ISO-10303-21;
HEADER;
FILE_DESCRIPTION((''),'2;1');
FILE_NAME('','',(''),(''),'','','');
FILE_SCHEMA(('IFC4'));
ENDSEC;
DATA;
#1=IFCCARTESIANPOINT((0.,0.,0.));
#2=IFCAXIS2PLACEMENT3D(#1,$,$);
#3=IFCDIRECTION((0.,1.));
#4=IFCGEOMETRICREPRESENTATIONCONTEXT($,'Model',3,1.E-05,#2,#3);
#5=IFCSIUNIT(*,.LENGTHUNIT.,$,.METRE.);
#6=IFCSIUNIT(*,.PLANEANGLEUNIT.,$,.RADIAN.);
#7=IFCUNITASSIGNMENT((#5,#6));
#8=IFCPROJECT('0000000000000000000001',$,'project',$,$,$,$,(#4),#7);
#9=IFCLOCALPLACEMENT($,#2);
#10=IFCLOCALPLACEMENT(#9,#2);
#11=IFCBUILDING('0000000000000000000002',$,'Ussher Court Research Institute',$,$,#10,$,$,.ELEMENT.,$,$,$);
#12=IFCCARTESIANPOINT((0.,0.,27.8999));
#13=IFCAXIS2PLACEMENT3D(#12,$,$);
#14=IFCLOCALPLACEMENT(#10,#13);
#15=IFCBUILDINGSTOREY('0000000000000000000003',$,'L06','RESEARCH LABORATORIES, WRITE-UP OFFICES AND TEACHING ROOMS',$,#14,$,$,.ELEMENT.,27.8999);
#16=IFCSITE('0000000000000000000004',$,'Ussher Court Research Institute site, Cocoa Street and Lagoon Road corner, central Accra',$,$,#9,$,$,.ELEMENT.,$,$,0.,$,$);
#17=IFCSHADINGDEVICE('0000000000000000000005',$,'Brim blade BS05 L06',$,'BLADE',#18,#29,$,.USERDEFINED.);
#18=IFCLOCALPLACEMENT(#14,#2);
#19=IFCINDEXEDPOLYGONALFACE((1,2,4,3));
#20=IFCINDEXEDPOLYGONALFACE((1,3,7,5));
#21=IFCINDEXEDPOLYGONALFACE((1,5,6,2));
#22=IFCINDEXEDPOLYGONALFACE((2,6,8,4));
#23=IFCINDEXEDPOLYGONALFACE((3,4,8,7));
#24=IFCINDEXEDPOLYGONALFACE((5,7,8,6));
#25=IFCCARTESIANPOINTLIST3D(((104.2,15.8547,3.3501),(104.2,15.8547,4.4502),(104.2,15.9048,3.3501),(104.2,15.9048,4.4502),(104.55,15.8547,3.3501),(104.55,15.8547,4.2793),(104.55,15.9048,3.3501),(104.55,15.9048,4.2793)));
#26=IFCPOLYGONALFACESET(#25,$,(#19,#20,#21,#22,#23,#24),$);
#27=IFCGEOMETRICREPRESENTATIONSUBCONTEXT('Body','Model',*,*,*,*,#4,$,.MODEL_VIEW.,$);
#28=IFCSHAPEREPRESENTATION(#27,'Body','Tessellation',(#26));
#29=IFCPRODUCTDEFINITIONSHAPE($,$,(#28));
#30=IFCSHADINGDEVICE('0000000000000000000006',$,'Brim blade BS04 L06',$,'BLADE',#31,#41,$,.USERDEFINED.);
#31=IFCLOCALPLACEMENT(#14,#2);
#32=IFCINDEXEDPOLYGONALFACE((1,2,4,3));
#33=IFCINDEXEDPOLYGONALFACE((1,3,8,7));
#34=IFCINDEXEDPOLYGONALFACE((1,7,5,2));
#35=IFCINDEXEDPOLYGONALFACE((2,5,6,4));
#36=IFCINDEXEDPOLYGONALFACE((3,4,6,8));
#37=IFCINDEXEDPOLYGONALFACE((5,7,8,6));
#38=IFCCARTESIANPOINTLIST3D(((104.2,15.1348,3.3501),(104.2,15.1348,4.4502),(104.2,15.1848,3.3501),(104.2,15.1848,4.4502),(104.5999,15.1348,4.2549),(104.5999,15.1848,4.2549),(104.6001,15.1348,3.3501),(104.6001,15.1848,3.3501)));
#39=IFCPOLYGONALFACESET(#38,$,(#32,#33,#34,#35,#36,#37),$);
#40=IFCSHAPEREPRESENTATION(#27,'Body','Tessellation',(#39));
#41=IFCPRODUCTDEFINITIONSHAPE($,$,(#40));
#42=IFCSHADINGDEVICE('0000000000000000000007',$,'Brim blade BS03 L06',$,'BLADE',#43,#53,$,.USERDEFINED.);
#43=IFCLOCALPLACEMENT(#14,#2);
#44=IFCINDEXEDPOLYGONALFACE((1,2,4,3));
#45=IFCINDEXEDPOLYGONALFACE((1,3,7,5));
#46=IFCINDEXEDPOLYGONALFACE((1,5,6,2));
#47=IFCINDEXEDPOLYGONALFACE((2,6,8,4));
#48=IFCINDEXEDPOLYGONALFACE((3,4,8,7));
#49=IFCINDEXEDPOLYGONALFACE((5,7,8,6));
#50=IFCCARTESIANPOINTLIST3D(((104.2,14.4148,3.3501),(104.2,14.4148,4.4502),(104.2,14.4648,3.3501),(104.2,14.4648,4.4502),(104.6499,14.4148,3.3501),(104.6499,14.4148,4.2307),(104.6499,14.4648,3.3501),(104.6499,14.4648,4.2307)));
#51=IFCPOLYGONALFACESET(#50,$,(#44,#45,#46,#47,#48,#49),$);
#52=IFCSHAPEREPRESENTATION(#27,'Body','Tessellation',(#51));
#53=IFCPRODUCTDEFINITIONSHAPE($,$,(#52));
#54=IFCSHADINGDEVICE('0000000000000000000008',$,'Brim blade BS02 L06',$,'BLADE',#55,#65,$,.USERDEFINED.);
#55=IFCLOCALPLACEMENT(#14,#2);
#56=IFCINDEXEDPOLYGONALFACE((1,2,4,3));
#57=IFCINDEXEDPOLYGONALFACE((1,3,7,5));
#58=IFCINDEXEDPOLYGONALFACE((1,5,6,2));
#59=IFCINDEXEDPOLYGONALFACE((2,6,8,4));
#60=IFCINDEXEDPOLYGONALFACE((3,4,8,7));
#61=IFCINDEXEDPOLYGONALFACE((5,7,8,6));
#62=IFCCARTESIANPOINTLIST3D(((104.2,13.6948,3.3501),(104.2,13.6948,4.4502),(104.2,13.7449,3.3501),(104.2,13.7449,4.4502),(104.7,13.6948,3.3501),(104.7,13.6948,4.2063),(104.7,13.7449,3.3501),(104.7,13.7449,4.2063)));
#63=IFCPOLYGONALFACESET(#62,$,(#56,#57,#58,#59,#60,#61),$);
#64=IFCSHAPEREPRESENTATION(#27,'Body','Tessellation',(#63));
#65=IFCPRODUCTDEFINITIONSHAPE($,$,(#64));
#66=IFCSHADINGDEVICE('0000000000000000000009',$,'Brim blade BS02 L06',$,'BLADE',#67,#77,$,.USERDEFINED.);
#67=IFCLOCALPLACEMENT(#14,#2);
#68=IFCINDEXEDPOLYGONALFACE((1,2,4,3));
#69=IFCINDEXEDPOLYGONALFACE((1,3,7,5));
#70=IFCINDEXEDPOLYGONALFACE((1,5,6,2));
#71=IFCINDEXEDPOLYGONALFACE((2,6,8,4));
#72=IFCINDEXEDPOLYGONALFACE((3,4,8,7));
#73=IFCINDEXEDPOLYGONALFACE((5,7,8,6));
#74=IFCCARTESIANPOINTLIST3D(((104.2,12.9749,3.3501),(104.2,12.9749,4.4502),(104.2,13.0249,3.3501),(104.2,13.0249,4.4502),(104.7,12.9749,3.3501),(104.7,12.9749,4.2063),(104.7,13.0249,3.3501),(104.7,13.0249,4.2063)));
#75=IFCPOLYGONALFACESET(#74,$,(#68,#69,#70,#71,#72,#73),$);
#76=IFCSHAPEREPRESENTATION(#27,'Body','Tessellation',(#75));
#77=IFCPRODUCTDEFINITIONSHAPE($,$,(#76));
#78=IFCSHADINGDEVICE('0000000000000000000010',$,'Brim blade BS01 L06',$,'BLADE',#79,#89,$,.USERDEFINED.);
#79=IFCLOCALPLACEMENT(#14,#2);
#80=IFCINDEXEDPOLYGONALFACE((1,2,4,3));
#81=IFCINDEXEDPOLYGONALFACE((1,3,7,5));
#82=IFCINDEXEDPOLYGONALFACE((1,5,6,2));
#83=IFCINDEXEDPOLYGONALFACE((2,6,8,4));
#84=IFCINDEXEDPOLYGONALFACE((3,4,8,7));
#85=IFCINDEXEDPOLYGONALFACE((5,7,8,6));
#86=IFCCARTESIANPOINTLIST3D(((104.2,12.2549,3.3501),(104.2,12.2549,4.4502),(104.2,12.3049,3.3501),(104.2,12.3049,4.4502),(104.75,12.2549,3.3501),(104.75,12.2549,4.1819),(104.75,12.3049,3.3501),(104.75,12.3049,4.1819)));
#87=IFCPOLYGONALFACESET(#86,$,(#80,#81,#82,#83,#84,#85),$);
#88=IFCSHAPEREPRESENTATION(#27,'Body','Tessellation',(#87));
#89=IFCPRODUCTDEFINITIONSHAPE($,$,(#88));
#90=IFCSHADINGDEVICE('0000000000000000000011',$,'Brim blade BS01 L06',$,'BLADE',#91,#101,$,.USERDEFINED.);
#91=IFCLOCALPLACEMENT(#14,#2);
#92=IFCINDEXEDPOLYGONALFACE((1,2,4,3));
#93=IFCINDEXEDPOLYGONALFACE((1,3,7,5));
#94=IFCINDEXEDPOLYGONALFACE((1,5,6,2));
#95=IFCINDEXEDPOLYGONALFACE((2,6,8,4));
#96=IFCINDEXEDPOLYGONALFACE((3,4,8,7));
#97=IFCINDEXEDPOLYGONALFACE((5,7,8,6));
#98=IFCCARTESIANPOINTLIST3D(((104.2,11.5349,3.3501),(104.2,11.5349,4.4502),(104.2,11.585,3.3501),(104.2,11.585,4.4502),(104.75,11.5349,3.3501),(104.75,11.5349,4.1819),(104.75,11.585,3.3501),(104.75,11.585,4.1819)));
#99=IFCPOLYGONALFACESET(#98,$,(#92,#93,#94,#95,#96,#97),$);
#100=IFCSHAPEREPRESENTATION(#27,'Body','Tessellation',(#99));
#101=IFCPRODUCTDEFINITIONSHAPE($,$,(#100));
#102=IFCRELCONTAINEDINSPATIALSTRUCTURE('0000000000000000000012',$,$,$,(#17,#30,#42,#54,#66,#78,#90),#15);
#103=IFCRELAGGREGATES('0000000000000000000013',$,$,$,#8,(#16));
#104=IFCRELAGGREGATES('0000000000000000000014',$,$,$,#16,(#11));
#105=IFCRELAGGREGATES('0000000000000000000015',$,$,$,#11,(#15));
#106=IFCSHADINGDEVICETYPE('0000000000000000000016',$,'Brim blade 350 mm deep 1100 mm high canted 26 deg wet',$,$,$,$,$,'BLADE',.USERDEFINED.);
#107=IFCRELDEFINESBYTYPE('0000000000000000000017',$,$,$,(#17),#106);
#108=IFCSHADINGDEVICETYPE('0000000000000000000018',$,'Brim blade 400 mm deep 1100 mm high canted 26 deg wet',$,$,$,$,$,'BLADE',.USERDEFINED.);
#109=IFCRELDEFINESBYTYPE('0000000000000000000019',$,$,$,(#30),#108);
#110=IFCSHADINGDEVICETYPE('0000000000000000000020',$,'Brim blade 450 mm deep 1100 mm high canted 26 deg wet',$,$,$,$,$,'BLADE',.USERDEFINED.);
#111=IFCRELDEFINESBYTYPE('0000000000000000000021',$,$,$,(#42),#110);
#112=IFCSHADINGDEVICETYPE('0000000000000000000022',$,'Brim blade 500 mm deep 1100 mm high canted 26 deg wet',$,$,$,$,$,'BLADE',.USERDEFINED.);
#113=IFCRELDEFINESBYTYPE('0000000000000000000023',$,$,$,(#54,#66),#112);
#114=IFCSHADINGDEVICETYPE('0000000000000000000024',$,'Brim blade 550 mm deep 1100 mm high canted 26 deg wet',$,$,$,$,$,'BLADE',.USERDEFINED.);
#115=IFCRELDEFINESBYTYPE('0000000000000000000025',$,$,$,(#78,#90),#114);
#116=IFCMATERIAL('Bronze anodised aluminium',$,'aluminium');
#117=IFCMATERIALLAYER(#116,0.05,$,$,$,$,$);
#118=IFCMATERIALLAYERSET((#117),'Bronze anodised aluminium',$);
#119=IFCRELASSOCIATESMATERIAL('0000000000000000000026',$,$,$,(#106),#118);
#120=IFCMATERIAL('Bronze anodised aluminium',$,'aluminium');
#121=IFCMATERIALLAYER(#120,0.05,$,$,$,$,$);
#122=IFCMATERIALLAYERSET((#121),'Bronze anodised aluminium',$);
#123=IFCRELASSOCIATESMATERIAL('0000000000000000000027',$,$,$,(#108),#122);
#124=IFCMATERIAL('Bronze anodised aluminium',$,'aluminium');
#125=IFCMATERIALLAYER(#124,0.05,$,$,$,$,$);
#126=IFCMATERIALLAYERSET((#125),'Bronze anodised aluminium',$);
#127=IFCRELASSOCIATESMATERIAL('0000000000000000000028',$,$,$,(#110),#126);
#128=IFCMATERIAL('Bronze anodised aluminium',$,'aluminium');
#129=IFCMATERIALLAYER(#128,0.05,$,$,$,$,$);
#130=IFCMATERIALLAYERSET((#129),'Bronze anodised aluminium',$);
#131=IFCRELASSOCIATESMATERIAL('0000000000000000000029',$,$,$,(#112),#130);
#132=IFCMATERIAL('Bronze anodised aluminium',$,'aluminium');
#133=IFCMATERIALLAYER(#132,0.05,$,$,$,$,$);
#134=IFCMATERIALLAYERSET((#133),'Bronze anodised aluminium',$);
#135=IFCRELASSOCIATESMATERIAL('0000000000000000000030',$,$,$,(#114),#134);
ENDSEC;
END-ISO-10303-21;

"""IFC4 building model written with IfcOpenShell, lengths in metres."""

from ifc_helpers import new_model, si_unit, direction, frame, origin, place, context, subcontext, project, spatial, polyline, outline, extrude, material, layer, layer_set, type_object, element, save


model = new_model("IFC4")

# Units and contexts
model_context = context("Model", 3, precision=1e-05, world=origin(), true_north=direction((0.0, 1.0)))
body_context = subcontext(model_context, "Body", "Model", "MODEL_VIEW")
ifc_project = project(units=[si_unit("LENGTHUNIT", "METRE"), si_unit("PLANEANGLEUNIT", "RADIAN")], contexts=[model_context])

# Site, building, storey
site_placement = place(None, origin())
site = spatial("IfcSite", under=ifc_project, at=site_placement, Name="Ussher Court Research Institute site, Cocoa Street and Lagoon Road corner, central Accra", CompositionType="ELEMENT", RefElevation=0.0)
building_placement = place(site_placement, origin())
building = spatial("IfcBuilding", under=site, at=building_placement, Name="Ussher Court Research Institute", CompositionType="ELEMENT")
storey_placement = place(building_placement, frame((0.0, 0.0, 27.8999)))
storey = spatial("IfcBuildingStorey", under=building, at=storey_placement, Name="L06", Description="RESEARCH LABORATORIES, WRITE-UP OFFICES AND TEACHING ROOMS", CompositionType="ELEMENT", Elevation=27.8999)

# Shading devices
ifc_material_1 = material(Name="Bronze anodised aluminium", Category="aluminium")
ifc_layer_1 = layer(ifc_material_1, 0.05)
ifc_layer_set_1 = layer_set([ifc_layer_1], Name="Bronze anodised aluminium")
shading_device_type_1 = type_object("IfcShadingDeviceType", Name="Brim blade 350 mm deep 1100 mm high canted 26 deg wet", ElementType="BLADE", PredefinedType="USERDEFINED", material=ifc_layer_set_1)
shading_device_1_placement = place(storey_placement, frame((104.2, 15.8799, 3.3501), z_axis=(0.0, 0.0, 1.0), x_axis=(1.0, 0.0, 0.0)))
element("IfcShadingDevice", 1, at=shading_device_1_placement, inside=storey, type_object=shading_device_type_1, Name="Brim blade BS05 L06", ObjectType="BLADE", PredefinedType="USERDEFINED", context=body_context, shape_type="SweptSolid", body=[
    extrude(outline(polyline([(0.0, 0.0), (0.3501, 0.0), (0.3501, 0.9292), (0.0, 1.1001), (0.0, 0.0)])), frame((0.0, 0.0249, 0.0), z_axis=(0.0, -1.0, 0.0), x_axis=(1.0, 0.0, 0.0)), (0.0, 0.0, 1.0), 0.05),
])
ifc_material_2 = material(Name="Bronze anodised aluminium", Category="aluminium")
ifc_layer_2 = layer(ifc_material_2, 0.05)
ifc_layer_set_2 = layer_set([ifc_layer_2], Name="Bronze anodised aluminium")
shading_device_type_2 = type_object("IfcShadingDeviceType", Name="Brim blade 400 mm deep 1100 mm high canted 26 deg wet", ElementType="BLADE", PredefinedType="USERDEFINED", material=ifc_layer_set_2)
shading_device_2_placement = place(storey_placement, frame((104.2, 15.1599, 3.3501), z_axis=(0.0, 0.0, 1.0), x_axis=(1.0, 0.0, 0.0)))
element("IfcShadingDevice", 2, at=shading_device_2_placement, inside=storey, type_object=shading_device_type_2, Name="Brim blade BS04 L06", ObjectType="BLADE", PredefinedType="USERDEFINED", context=body_context, shape_type="SweptSolid", body=[
    extrude(outline(polyline([(0.0, 0.0), (0.4001, 0.0), (0.3999, 0.9048), (0.0, 1.1001), (0.0, 0.0)])), frame((0.0, 0.0249, 0.0), z_axis=(0.0, -1.0, 0.0), x_axis=(1.0, 0.0, 0.0)), (0.0, 0.0, 1.0), 0.05),
])
ifc_material_3 = material(Name="Bronze anodised aluminium", Category="aluminium")
ifc_layer_3 = layer(ifc_material_3, 0.05)
ifc_layer_set_3 = layer_set([ifc_layer_3], Name="Bronze anodised aluminium")
shading_device_type_3 = type_object("IfcShadingDeviceType", Name="Brim blade 450 mm deep 1100 mm high canted 26 deg wet", ElementType="BLADE", PredefinedType="USERDEFINED", material=ifc_layer_set_3)
shading_device_3_placement = place(storey_placement, frame((104.2, 14.4399, 3.3501), z_axis=(0.0, 0.0, 1.0), x_axis=(1.0, 0.0, 0.0)))
element("IfcShadingDevice", 3, at=shading_device_3_placement, inside=storey, type_object=shading_device_type_3, Name="Brim blade BS03 L06", ObjectType="BLADE", PredefinedType="USERDEFINED", context=body_context, shape_type="SweptSolid", body=[
    extrude(outline(polyline([(0.0, 0.0), (0.45, 0.0), (0.45, 0.8806), (0.0, 1.1001), (0.0, 0.0)])), frame((0.0, 0.0249, 0.0), z_axis=(0.0, -1.0, 0.0), x_axis=(1.0, 0.0, 0.0)), (0.0, 0.0, 1.0), 0.05),
])
ifc_material_4 = material(Name="Bronze anodised aluminium", Category="aluminium")
ifc_layer_4 = layer(ifc_material_4, 0.05)
ifc_layer_set_4 = layer_set([ifc_layer_4], Name="Bronze anodised aluminium")
shading_device_type_4 = type_object("IfcShadingDeviceType", Name="Brim blade 500 mm deep 1100 mm high canted 26 deg wet", ElementType="BLADE", PredefinedType="USERDEFINED", material=ifc_layer_set_4)
for number, where, z_axis, x_axis, name in (
    (4, (104.2, 13.72, 3.3501), (0.0, 0.0, 1.0), (1.0, 0.0, 0.0), "Brim blade BS02 L06"),
    (5, (104.2, 13.0, 3.3501), (0.0, 0.0, 1.0), (1.0, 0.0, 0.0), "Brim blade BS02 L06"),
):
    element("IfcShadingDevice", number, at=place(storey_placement, frame(where, z_axis=z_axis, x_axis=x_axis)), inside=storey, type_object=shading_device_type_4, Name=name, ObjectType="BLADE", PredefinedType="USERDEFINED", context=body_context, shape_type="SweptSolid", body=[
        extrude(outline(polyline([(0.0, 0.0), (0.5, 0.0), (0.5, 0.8562), (0.0, 1.1001), (0.0, 0.0)])), frame((0.0, 0.0249, 0.0), z_axis=(0.0, -1.0, 0.0), x_axis=(1.0, 0.0, 0.0)), (0.0, 0.0, 1.0), 0.05),
    ])
ifc_material_5 = material(Name="Bronze anodised aluminium", Category="aluminium")
ifc_layer_5 = layer(ifc_material_5, 0.05)
ifc_layer_set_5 = layer_set([ifc_layer_5], Name="Bronze anodised aluminium")
shading_device_type_5 = type_object("IfcShadingDeviceType", Name="Brim blade 550 mm deep 1100 mm high canted 26 deg wet", ElementType="BLADE", PredefinedType="USERDEFINED", material=ifc_layer_set_5)
for number, where, z_axis, x_axis, name in (
    (6, (104.2, 12.28, 3.3501), (0.0, 0.0, 1.0), (1.0, 0.0, 0.0), "Brim blade BS01 L06"),
    (7, (104.2, 11.5601, 3.3501), (0.0, 0.0, 1.0), (1.0, 0.0, 0.0), "Brim blade BS01 L06"),
):
    element("IfcShadingDevice", number, at=place(storey_placement, frame(where, z_axis=z_axis, x_axis=x_axis)), inside=storey, type_object=shading_device_type_5, Name=name, ObjectType="BLADE", PredefinedType="USERDEFINED", context=body_context, shape_type="SweptSolid", body=[
        extrude(outline(polyline([(0.0, 0.0), (0.55, 0.0), (0.55, 0.8318), (0.0, 1.1001), (0.0, 0.0)])), frame((0.0, 0.0249, 0.0), z_axis=(0.0, -1.0, 0.0), x_axis=(1.0, 0.0, 0.0)), (0.0, 0.0, 1.0), 0.05),
    ])

save(model, "model.ifc")
